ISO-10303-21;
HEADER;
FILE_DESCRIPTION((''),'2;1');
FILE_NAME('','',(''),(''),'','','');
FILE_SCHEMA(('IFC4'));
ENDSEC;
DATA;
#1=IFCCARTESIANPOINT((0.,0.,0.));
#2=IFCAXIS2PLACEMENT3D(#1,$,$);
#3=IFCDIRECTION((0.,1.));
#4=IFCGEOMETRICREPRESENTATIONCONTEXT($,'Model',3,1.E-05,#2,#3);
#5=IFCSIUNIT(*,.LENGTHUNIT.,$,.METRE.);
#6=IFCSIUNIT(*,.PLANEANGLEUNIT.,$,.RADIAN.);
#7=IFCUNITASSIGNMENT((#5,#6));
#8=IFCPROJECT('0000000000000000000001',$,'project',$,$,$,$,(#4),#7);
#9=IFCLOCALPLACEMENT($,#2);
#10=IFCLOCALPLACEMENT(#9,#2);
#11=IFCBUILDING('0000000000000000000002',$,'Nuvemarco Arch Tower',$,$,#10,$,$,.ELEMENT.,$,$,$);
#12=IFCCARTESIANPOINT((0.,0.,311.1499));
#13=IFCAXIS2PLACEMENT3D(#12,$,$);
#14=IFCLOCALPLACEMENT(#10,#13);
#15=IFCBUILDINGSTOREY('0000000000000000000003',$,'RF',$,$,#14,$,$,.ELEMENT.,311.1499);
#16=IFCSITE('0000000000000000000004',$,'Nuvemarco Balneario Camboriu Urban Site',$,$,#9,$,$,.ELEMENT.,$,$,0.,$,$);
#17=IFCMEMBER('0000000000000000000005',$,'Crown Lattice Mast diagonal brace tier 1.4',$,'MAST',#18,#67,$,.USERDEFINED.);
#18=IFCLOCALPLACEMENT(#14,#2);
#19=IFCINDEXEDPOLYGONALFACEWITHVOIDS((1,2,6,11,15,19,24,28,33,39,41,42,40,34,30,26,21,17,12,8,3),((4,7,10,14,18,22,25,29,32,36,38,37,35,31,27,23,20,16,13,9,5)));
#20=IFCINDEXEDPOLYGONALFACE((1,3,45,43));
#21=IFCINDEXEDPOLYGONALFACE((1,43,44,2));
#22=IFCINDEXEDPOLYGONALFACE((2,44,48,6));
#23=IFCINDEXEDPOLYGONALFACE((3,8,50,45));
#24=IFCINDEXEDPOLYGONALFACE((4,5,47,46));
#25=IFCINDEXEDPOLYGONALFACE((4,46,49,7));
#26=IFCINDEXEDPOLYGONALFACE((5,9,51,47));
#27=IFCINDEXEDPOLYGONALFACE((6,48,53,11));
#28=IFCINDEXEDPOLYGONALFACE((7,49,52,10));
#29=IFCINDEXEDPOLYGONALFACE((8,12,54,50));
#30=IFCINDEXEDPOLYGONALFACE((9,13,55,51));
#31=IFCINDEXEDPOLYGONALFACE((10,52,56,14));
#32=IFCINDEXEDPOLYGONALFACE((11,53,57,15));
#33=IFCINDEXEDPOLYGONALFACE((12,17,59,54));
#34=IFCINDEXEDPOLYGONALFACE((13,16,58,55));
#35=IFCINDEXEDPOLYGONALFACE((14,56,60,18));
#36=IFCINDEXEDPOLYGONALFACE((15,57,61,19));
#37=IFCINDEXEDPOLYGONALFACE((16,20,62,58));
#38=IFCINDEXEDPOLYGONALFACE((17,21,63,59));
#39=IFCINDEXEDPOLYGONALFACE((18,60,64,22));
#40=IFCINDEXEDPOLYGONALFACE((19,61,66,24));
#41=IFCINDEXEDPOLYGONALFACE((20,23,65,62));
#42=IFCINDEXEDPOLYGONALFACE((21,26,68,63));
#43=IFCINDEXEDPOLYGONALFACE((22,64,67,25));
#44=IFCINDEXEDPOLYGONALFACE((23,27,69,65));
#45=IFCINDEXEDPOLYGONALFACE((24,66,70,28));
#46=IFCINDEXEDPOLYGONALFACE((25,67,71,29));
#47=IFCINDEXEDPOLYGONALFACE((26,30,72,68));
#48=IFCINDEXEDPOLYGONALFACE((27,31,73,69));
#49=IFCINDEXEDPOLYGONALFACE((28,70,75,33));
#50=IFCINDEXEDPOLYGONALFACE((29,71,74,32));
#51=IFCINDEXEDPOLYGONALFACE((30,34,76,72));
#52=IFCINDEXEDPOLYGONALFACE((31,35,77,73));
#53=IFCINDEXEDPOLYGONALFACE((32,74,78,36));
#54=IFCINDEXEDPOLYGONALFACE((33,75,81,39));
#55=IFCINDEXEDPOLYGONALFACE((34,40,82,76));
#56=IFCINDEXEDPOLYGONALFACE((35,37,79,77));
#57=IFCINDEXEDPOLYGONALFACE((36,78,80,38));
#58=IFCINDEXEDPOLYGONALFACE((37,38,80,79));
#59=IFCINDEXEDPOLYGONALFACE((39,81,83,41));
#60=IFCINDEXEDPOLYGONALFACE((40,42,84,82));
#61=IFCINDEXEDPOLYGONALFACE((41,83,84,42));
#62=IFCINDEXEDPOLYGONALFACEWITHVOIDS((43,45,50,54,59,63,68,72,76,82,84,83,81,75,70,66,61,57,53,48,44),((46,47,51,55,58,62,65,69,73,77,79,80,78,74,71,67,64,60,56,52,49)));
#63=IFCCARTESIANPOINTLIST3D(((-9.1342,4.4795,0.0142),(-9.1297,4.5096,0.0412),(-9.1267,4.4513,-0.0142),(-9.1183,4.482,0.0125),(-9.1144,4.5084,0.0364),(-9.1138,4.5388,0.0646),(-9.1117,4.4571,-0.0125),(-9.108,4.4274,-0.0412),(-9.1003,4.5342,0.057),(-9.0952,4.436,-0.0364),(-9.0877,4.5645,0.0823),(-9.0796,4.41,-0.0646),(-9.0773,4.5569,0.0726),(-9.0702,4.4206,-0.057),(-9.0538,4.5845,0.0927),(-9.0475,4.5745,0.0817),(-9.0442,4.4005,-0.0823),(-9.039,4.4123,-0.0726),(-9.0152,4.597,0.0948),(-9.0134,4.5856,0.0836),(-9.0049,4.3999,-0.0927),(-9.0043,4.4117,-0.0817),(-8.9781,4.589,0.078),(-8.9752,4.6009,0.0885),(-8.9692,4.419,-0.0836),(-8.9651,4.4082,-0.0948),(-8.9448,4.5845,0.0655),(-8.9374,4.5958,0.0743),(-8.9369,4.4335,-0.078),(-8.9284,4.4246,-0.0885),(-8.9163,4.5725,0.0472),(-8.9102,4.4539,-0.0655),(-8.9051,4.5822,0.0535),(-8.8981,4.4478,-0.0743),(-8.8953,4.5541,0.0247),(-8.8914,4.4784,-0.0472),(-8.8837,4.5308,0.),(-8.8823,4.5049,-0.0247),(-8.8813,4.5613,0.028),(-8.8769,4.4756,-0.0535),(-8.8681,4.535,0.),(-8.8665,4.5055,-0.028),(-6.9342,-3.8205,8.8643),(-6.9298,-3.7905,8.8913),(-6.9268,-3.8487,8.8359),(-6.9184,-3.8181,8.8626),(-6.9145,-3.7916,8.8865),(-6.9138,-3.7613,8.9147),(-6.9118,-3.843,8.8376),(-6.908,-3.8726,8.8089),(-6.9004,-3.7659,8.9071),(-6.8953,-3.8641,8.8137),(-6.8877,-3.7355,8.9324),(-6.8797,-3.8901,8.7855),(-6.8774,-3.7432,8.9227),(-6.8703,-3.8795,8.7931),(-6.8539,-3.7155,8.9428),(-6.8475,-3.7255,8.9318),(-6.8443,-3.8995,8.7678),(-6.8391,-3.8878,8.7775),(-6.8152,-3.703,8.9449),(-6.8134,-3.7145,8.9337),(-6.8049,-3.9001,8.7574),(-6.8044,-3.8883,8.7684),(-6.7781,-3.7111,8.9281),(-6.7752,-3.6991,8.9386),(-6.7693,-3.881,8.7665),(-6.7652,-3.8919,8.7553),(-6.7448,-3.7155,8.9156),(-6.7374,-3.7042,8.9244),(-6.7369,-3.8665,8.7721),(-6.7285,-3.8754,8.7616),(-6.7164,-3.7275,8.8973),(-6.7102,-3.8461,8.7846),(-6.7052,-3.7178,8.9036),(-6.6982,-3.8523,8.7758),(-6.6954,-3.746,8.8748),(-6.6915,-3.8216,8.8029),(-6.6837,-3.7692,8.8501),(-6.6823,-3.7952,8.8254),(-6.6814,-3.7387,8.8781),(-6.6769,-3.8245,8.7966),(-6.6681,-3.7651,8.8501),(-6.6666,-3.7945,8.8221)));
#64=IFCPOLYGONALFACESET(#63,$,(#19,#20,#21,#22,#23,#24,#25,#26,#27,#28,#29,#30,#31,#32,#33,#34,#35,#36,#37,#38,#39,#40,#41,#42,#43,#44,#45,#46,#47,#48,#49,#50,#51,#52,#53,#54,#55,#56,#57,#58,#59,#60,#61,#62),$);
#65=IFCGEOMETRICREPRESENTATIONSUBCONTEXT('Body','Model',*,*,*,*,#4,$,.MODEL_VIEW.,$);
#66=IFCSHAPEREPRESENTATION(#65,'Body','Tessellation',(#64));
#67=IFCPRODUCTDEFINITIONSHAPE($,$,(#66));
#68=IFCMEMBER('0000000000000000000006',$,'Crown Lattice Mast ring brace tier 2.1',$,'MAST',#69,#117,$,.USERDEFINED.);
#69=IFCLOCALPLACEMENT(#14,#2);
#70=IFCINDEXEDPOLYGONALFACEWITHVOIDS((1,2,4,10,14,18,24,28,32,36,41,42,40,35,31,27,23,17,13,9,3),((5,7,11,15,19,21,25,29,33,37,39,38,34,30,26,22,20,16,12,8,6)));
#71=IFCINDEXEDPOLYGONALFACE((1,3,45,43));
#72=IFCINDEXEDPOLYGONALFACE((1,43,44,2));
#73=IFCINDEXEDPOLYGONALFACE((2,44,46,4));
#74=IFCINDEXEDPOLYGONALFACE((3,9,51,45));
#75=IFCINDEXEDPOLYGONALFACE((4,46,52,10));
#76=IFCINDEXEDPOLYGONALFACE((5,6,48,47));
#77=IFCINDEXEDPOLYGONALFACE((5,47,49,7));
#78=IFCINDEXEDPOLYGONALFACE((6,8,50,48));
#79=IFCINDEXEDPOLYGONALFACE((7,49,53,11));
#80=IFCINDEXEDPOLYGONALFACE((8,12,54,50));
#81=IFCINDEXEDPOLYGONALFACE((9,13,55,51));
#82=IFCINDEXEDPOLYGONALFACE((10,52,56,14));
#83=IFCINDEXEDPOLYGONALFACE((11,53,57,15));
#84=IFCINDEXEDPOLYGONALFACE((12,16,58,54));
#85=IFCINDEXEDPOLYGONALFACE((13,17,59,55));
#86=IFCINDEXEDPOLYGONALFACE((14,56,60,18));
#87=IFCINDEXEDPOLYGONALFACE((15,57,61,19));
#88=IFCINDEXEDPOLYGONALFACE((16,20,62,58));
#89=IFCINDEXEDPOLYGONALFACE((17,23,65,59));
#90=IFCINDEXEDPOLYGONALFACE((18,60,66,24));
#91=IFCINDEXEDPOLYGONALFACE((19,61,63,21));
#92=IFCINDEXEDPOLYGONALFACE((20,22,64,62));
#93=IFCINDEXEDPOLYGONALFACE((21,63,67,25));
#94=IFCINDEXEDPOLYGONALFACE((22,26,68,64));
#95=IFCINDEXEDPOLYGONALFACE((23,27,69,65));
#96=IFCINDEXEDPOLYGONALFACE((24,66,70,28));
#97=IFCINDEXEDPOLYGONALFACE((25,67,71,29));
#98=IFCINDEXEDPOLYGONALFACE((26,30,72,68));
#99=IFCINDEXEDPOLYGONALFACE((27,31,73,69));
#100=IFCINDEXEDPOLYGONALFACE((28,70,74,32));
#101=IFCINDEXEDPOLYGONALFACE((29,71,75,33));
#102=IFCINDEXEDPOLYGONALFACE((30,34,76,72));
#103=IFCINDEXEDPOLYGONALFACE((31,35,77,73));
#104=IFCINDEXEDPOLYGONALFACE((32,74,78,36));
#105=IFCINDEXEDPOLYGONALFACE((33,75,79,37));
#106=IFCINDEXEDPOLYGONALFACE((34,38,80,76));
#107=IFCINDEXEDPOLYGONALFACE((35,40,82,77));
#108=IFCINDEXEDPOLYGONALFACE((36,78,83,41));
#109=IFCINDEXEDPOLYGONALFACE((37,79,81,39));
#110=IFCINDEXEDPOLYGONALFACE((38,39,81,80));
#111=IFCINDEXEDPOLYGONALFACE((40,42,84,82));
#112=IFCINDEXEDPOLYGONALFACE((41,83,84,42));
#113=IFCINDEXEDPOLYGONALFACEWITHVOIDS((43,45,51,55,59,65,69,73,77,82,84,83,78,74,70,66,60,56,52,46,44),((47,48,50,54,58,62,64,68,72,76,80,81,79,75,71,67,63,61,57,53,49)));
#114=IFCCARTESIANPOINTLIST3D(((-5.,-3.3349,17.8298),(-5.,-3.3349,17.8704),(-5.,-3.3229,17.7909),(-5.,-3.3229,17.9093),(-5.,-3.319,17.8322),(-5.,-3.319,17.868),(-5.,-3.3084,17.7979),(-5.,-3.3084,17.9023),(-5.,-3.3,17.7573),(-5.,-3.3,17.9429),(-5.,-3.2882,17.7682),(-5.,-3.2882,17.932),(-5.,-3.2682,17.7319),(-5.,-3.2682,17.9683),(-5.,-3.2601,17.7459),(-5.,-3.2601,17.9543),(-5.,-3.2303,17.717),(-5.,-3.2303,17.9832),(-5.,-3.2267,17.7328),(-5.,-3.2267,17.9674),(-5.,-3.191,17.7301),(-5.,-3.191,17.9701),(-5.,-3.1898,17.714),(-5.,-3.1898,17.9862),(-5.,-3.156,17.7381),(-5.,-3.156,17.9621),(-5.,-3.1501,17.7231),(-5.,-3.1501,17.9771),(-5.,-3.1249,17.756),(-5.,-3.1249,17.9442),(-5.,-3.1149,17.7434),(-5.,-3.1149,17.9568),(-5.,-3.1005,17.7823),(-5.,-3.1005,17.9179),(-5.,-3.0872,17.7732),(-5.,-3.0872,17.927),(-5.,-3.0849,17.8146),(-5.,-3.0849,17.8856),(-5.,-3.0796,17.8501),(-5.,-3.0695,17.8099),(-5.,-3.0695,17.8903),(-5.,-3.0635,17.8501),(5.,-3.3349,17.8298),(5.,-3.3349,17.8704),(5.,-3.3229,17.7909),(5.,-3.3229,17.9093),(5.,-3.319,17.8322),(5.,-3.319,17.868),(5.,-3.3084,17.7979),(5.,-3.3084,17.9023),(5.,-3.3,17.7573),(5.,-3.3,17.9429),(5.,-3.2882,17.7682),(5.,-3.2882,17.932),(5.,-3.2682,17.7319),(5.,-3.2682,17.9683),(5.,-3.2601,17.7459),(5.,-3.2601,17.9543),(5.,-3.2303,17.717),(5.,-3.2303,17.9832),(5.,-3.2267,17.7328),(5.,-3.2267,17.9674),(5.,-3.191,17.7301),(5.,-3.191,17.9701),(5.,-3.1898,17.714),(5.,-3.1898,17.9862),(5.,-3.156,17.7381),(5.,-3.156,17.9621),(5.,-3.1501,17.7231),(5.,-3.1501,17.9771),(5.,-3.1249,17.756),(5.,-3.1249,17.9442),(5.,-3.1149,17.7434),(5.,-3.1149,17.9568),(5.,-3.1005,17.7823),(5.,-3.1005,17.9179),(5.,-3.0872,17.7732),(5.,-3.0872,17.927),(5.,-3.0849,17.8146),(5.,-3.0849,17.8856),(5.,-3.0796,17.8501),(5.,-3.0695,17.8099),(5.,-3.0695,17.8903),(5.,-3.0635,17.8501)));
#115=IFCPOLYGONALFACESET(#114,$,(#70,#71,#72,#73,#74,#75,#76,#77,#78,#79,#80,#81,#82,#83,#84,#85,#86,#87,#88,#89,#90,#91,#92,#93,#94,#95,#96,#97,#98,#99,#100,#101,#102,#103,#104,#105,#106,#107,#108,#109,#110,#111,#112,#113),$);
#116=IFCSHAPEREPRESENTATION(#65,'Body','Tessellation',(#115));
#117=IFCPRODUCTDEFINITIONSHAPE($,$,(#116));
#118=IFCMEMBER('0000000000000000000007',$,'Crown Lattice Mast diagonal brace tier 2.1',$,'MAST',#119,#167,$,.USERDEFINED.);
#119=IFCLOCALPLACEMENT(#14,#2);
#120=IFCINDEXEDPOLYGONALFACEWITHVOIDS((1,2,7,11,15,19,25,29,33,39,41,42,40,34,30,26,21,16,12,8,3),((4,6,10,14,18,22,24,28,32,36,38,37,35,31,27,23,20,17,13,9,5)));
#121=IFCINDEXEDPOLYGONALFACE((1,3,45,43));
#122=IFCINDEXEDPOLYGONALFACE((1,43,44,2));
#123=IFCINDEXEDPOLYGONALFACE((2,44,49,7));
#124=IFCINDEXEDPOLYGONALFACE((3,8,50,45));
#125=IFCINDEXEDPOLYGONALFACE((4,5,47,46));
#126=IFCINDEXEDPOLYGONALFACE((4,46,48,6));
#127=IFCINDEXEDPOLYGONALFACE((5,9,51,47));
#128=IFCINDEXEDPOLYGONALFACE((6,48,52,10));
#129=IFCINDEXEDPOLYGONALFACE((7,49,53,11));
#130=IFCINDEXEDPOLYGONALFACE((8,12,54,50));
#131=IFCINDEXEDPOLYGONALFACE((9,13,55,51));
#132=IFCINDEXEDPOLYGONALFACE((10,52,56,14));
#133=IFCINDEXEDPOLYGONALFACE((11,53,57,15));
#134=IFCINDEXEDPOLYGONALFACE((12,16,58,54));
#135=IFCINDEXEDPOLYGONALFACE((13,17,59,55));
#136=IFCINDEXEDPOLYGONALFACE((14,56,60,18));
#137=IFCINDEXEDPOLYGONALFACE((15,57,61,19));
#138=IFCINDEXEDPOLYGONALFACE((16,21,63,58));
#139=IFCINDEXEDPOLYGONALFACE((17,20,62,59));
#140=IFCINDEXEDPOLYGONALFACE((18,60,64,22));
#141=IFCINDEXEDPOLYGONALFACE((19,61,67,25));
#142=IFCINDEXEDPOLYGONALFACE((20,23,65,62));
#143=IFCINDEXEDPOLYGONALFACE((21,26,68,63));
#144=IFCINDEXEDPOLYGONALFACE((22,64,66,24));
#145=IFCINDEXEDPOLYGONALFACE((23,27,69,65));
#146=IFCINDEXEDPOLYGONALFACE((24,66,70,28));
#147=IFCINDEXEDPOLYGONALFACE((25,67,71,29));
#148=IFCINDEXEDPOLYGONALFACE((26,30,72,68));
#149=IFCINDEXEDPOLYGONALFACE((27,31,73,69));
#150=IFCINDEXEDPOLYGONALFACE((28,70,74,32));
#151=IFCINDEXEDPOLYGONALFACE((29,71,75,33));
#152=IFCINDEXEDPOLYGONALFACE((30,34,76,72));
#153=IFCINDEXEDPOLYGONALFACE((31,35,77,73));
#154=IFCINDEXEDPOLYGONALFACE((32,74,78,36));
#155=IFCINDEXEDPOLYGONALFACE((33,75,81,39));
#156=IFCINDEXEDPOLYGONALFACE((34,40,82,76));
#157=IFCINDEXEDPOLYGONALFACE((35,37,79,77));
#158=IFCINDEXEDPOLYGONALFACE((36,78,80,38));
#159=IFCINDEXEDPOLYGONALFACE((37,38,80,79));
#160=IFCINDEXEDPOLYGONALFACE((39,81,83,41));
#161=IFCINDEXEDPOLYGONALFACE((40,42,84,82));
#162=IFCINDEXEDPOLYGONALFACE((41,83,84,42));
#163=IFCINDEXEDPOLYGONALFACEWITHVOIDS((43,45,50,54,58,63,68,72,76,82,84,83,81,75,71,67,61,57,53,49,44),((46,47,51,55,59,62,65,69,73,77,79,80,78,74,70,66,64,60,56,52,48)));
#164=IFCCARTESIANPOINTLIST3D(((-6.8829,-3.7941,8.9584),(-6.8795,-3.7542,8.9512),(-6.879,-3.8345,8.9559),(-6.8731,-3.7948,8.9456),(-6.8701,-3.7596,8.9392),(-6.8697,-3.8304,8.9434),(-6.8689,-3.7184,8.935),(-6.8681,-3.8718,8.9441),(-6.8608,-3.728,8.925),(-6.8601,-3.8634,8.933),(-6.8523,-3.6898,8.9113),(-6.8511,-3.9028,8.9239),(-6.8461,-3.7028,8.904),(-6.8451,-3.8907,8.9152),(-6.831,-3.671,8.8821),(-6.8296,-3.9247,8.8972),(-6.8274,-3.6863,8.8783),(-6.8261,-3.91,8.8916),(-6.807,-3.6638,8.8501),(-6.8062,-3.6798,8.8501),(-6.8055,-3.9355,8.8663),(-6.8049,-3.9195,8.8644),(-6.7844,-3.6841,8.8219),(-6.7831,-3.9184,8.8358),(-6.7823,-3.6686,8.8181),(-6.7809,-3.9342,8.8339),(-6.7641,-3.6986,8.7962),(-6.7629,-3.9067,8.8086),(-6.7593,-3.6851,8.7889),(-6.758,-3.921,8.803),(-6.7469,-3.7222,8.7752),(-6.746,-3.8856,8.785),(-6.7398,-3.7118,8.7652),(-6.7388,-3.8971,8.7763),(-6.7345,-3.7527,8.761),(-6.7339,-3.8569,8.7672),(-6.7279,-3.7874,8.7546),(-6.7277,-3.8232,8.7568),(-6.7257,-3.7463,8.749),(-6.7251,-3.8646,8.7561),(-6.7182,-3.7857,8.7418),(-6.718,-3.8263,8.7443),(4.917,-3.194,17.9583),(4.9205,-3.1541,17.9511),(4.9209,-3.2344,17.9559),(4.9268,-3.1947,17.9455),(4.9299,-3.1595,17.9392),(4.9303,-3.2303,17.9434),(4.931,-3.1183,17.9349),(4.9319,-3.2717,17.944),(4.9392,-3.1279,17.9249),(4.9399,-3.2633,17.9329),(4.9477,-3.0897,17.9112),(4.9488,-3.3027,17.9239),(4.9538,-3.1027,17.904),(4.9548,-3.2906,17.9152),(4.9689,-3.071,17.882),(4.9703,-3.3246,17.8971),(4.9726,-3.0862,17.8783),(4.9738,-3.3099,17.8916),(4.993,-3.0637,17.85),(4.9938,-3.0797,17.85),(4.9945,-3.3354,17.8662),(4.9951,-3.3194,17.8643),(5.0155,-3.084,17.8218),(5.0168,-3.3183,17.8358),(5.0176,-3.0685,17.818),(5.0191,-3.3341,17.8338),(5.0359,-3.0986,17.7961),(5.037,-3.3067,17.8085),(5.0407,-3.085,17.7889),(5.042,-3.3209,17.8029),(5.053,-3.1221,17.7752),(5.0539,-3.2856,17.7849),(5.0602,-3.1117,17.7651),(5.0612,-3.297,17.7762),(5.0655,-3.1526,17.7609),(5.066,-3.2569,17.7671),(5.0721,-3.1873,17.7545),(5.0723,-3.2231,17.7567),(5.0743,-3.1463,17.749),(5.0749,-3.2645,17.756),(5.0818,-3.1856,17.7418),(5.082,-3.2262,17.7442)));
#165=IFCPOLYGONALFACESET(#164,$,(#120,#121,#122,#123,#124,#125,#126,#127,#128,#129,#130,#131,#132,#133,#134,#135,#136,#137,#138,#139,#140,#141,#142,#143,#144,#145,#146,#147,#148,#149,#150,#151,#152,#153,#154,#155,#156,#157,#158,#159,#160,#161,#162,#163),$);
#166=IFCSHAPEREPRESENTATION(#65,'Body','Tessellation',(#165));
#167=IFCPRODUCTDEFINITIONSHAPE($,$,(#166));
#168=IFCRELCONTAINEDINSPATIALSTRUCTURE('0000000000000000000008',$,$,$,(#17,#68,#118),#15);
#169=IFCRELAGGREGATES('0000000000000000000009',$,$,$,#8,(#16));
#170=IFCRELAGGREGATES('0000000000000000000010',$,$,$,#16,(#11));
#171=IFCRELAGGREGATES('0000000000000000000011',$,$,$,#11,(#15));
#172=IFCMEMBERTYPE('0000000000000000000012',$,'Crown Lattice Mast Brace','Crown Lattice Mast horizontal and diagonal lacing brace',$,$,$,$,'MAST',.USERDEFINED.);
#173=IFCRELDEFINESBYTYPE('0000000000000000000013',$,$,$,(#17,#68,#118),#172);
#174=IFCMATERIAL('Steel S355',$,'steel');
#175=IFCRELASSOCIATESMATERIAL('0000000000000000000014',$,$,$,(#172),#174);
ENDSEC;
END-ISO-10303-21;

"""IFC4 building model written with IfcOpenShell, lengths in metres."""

from ifc_helpers import new_model, si_unit, direction, frame, origin, origin_2d, place, context, subcontext, project, spatial, hollow_circle, extrude, material, material_profile, profile_set, type_object, element, save


model = new_model("IFC4")

# Units and contexts
model_context = context("Model", 3, precision=1e-05, world=origin(), true_north=direction((0.0, 1.0)))
body_context = subcontext(model_context, "Body", "Model", "MODEL_VIEW")
ifc_project = project(units=[si_unit("LENGTHUNIT", "METRE"), si_unit("PLANEANGLEUNIT", "RADIAN")], contexts=[model_context])

# Site, building, storey
site_placement = place(None, origin())
site = spatial("IfcSite", under=ifc_project, at=site_placement, Name="Nuvemarco Balneario Camboriu Urban Site", CompositionType="ELEMENT", RefElevation=0.0)
building_placement = place(site_placement, origin())
building = spatial("IfcBuilding", under=site, at=building_placement, Name="Nuvemarco Arch Tower", CompositionType="ELEMENT")
storey_placement = place(building_placement, frame((0.0, 0.0, 311.1499)))
storey = spatial("IfcBuildingStorey", under=building, at=storey_placement, Name="RF", CompositionType="ELEMENT", Elevation=311.1499)

# Members
ifc_material_1 = material(Name="Steel S355", Category="steel")
ifc_material_profile_1 = material_profile(ifc_material_1, hollow_circle(Radius=0.1365, WallThickness=0.0161, at=origin_2d()), Name="CHS273x16")
ifc_profile_set_1 = profile_set([ifc_material_profile_1], Name="Steel S355")
member_type_1 = type_object("IfcMemberType", Name="Crown Lattice Mast Brace", Description="Crown Lattice Mast horizontal and diagonal lacing brace", ElementType="MAST", PredefinedType="USERDEFINED", material=ifc_profile_set_1)
member_1_placement = place(storey_placement, frame((-9.0, 4.5, 0.0), z_axis=(0.178407, -0.673101, 0.717708), x_axis=(0.966622, 0.256206, 0.0)))
element("IfcMember", 1, at=member_1_placement, inside=storey, type_object=member_type_1, Name="Crown Lattice Mast diagonal brace tier 1.4", ObjectType="MAST", PredefinedType="USERDEFINED", context=body_context, shape_type="SweptSolid", body=[
    extrude(hollow_circle(Radius=0.1365, WallThickness=0.0161, at=origin_2d()), origin(), (0.0, 0.0, 1.0), 12.3311),
])
member_2_placement = place(storey_placement, frame((-5.0, -3.2, 17.8501), z_axis=(1.0, 0.0, 0.0), x_axis=(0.0, 1.0, 0.0)))
element("IfcMember", 2, at=member_2_placement, inside=storey, type_object=member_type_1, Name="Crown Lattice Mast ring brace tier 2.1", ObjectType="MAST", PredefinedType="USERDEFINED", context=body_context, shape_type="SweptSolid", body=[
    extrude(hollow_circle(Radius=0.1365, WallThickness=0.0161, at=origin_2d()), origin(), (0.0, 0.0, 1.0), 10.0),
])
member_3_placement = place(storey_placement, frame((-6.8, -3.8, 8.8501), z_axis=(0.794474, 0.040403, 0.605952), x_axis=(-0.05079, 0.998709, 0.0)))
element("IfcMember", 3, at=member_3_placement, inside=storey, type_object=member_type_1, Name="Crown Lattice Mast diagonal brace tier 2.1", ObjectType="MAST", PredefinedType="USERDEFINED", context=body_context, shape_type="SweptSolid", body=[
    extrude(hollow_circle(Radius=0.1365, WallThickness=0.0161, at=origin_2d()), origin(), (0.0, 0.0, 1.0), 14.8525),
])

save(model, "model.ifc")
